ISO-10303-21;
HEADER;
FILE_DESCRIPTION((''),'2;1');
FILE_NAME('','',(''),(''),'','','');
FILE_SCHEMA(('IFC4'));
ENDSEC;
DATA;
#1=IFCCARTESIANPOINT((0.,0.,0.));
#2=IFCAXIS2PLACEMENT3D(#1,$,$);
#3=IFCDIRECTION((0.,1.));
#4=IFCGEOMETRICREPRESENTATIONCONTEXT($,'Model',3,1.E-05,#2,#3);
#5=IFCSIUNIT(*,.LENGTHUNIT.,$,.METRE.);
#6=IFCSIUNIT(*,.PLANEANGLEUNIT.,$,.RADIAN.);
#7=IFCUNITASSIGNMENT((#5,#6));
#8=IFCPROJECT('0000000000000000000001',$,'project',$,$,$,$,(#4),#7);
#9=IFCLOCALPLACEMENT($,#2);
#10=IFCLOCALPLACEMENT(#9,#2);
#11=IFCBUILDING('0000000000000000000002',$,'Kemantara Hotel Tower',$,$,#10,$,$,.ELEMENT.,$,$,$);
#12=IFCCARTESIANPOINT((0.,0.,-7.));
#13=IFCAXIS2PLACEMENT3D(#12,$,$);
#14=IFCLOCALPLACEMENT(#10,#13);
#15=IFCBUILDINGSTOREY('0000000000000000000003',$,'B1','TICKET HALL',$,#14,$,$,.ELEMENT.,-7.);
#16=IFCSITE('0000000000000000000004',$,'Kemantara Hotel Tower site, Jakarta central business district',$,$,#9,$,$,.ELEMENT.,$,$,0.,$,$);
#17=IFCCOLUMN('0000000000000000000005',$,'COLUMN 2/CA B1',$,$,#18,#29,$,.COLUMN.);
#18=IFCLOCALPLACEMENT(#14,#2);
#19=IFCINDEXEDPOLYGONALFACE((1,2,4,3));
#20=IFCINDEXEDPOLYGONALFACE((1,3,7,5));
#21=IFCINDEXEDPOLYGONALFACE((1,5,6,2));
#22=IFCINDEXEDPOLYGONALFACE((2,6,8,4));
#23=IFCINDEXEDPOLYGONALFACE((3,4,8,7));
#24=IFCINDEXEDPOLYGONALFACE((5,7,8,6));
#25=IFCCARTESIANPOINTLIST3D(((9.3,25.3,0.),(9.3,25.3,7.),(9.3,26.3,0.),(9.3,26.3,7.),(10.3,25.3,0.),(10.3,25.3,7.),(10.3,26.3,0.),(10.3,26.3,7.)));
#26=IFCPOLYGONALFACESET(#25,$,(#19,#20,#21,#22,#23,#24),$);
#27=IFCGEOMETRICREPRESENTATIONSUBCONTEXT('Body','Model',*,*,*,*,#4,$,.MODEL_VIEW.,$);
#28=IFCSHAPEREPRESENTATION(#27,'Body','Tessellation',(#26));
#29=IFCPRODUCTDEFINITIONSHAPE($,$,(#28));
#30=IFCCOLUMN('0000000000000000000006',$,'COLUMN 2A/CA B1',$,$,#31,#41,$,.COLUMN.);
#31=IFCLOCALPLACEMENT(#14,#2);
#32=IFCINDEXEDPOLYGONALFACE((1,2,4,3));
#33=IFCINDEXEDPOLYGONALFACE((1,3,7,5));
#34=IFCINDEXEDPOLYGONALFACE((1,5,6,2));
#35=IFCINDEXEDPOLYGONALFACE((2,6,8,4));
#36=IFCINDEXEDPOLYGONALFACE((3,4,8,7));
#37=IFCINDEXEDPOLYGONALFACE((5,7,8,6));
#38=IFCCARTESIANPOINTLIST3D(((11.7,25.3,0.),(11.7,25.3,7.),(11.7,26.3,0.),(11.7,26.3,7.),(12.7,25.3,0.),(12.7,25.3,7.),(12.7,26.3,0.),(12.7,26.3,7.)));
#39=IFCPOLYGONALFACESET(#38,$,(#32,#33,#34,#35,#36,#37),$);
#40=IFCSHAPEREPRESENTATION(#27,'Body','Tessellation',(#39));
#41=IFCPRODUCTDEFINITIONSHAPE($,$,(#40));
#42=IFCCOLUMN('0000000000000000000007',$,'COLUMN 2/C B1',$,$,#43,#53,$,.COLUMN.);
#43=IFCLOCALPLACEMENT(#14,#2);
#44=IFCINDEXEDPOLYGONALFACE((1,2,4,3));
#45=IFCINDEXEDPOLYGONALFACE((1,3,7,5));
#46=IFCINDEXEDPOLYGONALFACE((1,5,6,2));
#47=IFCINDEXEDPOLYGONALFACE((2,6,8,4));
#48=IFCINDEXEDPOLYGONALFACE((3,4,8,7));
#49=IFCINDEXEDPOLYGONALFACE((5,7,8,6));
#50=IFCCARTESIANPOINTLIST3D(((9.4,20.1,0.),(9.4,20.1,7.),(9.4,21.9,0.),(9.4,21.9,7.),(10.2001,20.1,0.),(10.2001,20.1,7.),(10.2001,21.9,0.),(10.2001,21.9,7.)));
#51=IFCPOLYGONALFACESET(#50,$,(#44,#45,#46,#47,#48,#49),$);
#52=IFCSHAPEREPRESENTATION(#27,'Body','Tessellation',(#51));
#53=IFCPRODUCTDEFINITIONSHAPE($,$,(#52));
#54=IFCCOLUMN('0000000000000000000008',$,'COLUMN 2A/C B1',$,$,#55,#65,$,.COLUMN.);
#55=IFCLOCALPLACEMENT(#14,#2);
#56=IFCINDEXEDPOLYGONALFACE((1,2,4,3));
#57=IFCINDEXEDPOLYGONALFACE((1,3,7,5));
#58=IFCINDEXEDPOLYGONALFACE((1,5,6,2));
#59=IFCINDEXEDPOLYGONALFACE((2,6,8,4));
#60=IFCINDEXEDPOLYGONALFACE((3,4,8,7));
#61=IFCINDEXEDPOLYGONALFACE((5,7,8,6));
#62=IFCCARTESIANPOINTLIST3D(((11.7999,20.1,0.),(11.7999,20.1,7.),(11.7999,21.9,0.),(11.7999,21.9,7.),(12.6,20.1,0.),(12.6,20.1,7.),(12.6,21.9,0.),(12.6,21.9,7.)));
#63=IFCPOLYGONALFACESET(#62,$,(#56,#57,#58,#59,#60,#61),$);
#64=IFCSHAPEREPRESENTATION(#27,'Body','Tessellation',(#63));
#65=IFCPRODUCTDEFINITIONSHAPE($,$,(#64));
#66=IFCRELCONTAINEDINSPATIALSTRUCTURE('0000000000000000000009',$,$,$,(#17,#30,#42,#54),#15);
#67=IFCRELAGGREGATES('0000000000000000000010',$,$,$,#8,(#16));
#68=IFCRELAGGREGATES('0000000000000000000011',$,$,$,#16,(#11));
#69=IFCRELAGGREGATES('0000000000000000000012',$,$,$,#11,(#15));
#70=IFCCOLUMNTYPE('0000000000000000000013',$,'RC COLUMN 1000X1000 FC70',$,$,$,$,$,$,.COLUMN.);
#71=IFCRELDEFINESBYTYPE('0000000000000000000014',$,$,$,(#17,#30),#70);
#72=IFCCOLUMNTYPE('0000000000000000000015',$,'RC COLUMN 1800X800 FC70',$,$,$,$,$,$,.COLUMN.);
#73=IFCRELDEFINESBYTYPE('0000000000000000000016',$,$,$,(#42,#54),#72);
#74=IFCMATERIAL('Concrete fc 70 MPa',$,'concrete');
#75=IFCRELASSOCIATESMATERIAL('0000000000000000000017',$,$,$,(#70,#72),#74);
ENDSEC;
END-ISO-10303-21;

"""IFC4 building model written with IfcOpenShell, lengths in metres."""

from ifc_helpers import new_model, si_unit, direction, frame, origin, origin_2d, place, context, subcontext, project, spatial, rectangle, extrude, material, material_profile, profile_set, type_object, element, save


model = new_model("IFC4")

# Units and contexts
model_context = context("Model", 3, precision=1e-05, world=origin(), true_north=direction((0.0, 1.0)))
body_context = subcontext(model_context, "Body", "Model", "MODEL_VIEW")
ifc_project = project(units=[si_unit("LENGTHUNIT", "METRE"), si_unit("PLANEANGLEUNIT", "RADIAN")], contexts=[model_context])

# Site, building, storey
site_placement = place(None, origin())
site = spatial("IfcSite", under=ifc_project, at=site_placement, Name="Kemantara Hotel Tower site, Jakarta central business district", CompositionType="ELEMENT", RefElevation=0.0)
building_placement = place(site_placement, origin())
building = spatial("IfcBuilding", under=site, at=building_placement, Name="Kemantara Hotel Tower", CompositionType="ELEMENT")
storey_placement = place(building_placement, frame((0.0, 0.0, -7.0)))
storey = spatial("IfcBuildingStorey", under=building, at=storey_placement, Name="B1", Description="TICKET HALL", CompositionType="ELEMENT", Elevation=-7.0)

# Columns
ifc_material_1 = material(Name="Concrete fc 70 MPa", Category="concrete")
ifc_material_profile_1 = material_profile(ifc_material_1, rectangle(XDim=1.0, YDim=1.0, at=origin_2d()), Name="RC 1000X1000")
ifc_profile_set_1 = profile_set([ifc_material_profile_1], Name="Concrete fc 70 MPa")
column_type_1 = type_object("IfcColumnType", Name="RC COLUMN 1000X1000 FC70", PredefinedType="COLUMN", material=ifc_profile_set_1)
for number, where, z_axis, x_axis, name in (
    (1, (9.8, 25.8, 0.0), (0.0, 0.0, 1.0), (1.0, 0.0, 0.0), "COLUMN 2/CA B1"),
    (2, (12.2, 25.8, 0.0), (0.0, 0.0, 1.0), (1.0, 0.0, 0.0), "COLUMN 2A/CA B1"),
):
    element("IfcColumn", number, at=place(storey_placement, frame(where, z_axis=z_axis, x_axis=x_axis)), inside=storey, type_object=column_type_1, Name=name, PredefinedType="COLUMN", context=body_context, shape_type="SweptSolid", body=[
        extrude(rectangle(XDim=1.0, YDim=1.0, at=origin_2d()), origin(), (0.0, 0.0, 1.0), 7.0),
    ])
ifc_material_profile_2 = material_profile(ifc_material_1, rectangle(XDim=1.8, YDim=0.8, at=origin_2d()), Name="RC 1800X800")
ifc_profile_set_2 = profile_set([ifc_material_profile_2], Name="Concrete fc 70 MPa")
column_type_2 = type_object("IfcColumnType", Name="RC COLUMN 1800X800 FC70", PredefinedType="COLUMN", material=ifc_profile_set_2)
for number, where, z_axis, x_axis, name in (
    (3, (9.8, 21.0, 0.0), (0.0, 0.0, 1.0), (0.0, 1.0, 0.0), "COLUMN 2/C B1"),
    (4, (12.2, 21.0, 0.0), (0.0, 0.0, 1.0), (0.0, 1.0, 0.0), "COLUMN 2A/C B1"),
):
    element("IfcColumn", number, at=place(storey_placement, frame(where, z_axis=z_axis, x_axis=x_axis)), inside=storey, type_object=column_type_2, Name=name, PredefinedType="COLUMN", context=body_context, shape_type="SweptSolid", body=[
        extrude(rectangle(XDim=1.8, YDim=0.8, at=origin_2d()), origin(), (0.0, 0.0, 1.0), 7.0),
    ])

save(model, "model.ifc")
